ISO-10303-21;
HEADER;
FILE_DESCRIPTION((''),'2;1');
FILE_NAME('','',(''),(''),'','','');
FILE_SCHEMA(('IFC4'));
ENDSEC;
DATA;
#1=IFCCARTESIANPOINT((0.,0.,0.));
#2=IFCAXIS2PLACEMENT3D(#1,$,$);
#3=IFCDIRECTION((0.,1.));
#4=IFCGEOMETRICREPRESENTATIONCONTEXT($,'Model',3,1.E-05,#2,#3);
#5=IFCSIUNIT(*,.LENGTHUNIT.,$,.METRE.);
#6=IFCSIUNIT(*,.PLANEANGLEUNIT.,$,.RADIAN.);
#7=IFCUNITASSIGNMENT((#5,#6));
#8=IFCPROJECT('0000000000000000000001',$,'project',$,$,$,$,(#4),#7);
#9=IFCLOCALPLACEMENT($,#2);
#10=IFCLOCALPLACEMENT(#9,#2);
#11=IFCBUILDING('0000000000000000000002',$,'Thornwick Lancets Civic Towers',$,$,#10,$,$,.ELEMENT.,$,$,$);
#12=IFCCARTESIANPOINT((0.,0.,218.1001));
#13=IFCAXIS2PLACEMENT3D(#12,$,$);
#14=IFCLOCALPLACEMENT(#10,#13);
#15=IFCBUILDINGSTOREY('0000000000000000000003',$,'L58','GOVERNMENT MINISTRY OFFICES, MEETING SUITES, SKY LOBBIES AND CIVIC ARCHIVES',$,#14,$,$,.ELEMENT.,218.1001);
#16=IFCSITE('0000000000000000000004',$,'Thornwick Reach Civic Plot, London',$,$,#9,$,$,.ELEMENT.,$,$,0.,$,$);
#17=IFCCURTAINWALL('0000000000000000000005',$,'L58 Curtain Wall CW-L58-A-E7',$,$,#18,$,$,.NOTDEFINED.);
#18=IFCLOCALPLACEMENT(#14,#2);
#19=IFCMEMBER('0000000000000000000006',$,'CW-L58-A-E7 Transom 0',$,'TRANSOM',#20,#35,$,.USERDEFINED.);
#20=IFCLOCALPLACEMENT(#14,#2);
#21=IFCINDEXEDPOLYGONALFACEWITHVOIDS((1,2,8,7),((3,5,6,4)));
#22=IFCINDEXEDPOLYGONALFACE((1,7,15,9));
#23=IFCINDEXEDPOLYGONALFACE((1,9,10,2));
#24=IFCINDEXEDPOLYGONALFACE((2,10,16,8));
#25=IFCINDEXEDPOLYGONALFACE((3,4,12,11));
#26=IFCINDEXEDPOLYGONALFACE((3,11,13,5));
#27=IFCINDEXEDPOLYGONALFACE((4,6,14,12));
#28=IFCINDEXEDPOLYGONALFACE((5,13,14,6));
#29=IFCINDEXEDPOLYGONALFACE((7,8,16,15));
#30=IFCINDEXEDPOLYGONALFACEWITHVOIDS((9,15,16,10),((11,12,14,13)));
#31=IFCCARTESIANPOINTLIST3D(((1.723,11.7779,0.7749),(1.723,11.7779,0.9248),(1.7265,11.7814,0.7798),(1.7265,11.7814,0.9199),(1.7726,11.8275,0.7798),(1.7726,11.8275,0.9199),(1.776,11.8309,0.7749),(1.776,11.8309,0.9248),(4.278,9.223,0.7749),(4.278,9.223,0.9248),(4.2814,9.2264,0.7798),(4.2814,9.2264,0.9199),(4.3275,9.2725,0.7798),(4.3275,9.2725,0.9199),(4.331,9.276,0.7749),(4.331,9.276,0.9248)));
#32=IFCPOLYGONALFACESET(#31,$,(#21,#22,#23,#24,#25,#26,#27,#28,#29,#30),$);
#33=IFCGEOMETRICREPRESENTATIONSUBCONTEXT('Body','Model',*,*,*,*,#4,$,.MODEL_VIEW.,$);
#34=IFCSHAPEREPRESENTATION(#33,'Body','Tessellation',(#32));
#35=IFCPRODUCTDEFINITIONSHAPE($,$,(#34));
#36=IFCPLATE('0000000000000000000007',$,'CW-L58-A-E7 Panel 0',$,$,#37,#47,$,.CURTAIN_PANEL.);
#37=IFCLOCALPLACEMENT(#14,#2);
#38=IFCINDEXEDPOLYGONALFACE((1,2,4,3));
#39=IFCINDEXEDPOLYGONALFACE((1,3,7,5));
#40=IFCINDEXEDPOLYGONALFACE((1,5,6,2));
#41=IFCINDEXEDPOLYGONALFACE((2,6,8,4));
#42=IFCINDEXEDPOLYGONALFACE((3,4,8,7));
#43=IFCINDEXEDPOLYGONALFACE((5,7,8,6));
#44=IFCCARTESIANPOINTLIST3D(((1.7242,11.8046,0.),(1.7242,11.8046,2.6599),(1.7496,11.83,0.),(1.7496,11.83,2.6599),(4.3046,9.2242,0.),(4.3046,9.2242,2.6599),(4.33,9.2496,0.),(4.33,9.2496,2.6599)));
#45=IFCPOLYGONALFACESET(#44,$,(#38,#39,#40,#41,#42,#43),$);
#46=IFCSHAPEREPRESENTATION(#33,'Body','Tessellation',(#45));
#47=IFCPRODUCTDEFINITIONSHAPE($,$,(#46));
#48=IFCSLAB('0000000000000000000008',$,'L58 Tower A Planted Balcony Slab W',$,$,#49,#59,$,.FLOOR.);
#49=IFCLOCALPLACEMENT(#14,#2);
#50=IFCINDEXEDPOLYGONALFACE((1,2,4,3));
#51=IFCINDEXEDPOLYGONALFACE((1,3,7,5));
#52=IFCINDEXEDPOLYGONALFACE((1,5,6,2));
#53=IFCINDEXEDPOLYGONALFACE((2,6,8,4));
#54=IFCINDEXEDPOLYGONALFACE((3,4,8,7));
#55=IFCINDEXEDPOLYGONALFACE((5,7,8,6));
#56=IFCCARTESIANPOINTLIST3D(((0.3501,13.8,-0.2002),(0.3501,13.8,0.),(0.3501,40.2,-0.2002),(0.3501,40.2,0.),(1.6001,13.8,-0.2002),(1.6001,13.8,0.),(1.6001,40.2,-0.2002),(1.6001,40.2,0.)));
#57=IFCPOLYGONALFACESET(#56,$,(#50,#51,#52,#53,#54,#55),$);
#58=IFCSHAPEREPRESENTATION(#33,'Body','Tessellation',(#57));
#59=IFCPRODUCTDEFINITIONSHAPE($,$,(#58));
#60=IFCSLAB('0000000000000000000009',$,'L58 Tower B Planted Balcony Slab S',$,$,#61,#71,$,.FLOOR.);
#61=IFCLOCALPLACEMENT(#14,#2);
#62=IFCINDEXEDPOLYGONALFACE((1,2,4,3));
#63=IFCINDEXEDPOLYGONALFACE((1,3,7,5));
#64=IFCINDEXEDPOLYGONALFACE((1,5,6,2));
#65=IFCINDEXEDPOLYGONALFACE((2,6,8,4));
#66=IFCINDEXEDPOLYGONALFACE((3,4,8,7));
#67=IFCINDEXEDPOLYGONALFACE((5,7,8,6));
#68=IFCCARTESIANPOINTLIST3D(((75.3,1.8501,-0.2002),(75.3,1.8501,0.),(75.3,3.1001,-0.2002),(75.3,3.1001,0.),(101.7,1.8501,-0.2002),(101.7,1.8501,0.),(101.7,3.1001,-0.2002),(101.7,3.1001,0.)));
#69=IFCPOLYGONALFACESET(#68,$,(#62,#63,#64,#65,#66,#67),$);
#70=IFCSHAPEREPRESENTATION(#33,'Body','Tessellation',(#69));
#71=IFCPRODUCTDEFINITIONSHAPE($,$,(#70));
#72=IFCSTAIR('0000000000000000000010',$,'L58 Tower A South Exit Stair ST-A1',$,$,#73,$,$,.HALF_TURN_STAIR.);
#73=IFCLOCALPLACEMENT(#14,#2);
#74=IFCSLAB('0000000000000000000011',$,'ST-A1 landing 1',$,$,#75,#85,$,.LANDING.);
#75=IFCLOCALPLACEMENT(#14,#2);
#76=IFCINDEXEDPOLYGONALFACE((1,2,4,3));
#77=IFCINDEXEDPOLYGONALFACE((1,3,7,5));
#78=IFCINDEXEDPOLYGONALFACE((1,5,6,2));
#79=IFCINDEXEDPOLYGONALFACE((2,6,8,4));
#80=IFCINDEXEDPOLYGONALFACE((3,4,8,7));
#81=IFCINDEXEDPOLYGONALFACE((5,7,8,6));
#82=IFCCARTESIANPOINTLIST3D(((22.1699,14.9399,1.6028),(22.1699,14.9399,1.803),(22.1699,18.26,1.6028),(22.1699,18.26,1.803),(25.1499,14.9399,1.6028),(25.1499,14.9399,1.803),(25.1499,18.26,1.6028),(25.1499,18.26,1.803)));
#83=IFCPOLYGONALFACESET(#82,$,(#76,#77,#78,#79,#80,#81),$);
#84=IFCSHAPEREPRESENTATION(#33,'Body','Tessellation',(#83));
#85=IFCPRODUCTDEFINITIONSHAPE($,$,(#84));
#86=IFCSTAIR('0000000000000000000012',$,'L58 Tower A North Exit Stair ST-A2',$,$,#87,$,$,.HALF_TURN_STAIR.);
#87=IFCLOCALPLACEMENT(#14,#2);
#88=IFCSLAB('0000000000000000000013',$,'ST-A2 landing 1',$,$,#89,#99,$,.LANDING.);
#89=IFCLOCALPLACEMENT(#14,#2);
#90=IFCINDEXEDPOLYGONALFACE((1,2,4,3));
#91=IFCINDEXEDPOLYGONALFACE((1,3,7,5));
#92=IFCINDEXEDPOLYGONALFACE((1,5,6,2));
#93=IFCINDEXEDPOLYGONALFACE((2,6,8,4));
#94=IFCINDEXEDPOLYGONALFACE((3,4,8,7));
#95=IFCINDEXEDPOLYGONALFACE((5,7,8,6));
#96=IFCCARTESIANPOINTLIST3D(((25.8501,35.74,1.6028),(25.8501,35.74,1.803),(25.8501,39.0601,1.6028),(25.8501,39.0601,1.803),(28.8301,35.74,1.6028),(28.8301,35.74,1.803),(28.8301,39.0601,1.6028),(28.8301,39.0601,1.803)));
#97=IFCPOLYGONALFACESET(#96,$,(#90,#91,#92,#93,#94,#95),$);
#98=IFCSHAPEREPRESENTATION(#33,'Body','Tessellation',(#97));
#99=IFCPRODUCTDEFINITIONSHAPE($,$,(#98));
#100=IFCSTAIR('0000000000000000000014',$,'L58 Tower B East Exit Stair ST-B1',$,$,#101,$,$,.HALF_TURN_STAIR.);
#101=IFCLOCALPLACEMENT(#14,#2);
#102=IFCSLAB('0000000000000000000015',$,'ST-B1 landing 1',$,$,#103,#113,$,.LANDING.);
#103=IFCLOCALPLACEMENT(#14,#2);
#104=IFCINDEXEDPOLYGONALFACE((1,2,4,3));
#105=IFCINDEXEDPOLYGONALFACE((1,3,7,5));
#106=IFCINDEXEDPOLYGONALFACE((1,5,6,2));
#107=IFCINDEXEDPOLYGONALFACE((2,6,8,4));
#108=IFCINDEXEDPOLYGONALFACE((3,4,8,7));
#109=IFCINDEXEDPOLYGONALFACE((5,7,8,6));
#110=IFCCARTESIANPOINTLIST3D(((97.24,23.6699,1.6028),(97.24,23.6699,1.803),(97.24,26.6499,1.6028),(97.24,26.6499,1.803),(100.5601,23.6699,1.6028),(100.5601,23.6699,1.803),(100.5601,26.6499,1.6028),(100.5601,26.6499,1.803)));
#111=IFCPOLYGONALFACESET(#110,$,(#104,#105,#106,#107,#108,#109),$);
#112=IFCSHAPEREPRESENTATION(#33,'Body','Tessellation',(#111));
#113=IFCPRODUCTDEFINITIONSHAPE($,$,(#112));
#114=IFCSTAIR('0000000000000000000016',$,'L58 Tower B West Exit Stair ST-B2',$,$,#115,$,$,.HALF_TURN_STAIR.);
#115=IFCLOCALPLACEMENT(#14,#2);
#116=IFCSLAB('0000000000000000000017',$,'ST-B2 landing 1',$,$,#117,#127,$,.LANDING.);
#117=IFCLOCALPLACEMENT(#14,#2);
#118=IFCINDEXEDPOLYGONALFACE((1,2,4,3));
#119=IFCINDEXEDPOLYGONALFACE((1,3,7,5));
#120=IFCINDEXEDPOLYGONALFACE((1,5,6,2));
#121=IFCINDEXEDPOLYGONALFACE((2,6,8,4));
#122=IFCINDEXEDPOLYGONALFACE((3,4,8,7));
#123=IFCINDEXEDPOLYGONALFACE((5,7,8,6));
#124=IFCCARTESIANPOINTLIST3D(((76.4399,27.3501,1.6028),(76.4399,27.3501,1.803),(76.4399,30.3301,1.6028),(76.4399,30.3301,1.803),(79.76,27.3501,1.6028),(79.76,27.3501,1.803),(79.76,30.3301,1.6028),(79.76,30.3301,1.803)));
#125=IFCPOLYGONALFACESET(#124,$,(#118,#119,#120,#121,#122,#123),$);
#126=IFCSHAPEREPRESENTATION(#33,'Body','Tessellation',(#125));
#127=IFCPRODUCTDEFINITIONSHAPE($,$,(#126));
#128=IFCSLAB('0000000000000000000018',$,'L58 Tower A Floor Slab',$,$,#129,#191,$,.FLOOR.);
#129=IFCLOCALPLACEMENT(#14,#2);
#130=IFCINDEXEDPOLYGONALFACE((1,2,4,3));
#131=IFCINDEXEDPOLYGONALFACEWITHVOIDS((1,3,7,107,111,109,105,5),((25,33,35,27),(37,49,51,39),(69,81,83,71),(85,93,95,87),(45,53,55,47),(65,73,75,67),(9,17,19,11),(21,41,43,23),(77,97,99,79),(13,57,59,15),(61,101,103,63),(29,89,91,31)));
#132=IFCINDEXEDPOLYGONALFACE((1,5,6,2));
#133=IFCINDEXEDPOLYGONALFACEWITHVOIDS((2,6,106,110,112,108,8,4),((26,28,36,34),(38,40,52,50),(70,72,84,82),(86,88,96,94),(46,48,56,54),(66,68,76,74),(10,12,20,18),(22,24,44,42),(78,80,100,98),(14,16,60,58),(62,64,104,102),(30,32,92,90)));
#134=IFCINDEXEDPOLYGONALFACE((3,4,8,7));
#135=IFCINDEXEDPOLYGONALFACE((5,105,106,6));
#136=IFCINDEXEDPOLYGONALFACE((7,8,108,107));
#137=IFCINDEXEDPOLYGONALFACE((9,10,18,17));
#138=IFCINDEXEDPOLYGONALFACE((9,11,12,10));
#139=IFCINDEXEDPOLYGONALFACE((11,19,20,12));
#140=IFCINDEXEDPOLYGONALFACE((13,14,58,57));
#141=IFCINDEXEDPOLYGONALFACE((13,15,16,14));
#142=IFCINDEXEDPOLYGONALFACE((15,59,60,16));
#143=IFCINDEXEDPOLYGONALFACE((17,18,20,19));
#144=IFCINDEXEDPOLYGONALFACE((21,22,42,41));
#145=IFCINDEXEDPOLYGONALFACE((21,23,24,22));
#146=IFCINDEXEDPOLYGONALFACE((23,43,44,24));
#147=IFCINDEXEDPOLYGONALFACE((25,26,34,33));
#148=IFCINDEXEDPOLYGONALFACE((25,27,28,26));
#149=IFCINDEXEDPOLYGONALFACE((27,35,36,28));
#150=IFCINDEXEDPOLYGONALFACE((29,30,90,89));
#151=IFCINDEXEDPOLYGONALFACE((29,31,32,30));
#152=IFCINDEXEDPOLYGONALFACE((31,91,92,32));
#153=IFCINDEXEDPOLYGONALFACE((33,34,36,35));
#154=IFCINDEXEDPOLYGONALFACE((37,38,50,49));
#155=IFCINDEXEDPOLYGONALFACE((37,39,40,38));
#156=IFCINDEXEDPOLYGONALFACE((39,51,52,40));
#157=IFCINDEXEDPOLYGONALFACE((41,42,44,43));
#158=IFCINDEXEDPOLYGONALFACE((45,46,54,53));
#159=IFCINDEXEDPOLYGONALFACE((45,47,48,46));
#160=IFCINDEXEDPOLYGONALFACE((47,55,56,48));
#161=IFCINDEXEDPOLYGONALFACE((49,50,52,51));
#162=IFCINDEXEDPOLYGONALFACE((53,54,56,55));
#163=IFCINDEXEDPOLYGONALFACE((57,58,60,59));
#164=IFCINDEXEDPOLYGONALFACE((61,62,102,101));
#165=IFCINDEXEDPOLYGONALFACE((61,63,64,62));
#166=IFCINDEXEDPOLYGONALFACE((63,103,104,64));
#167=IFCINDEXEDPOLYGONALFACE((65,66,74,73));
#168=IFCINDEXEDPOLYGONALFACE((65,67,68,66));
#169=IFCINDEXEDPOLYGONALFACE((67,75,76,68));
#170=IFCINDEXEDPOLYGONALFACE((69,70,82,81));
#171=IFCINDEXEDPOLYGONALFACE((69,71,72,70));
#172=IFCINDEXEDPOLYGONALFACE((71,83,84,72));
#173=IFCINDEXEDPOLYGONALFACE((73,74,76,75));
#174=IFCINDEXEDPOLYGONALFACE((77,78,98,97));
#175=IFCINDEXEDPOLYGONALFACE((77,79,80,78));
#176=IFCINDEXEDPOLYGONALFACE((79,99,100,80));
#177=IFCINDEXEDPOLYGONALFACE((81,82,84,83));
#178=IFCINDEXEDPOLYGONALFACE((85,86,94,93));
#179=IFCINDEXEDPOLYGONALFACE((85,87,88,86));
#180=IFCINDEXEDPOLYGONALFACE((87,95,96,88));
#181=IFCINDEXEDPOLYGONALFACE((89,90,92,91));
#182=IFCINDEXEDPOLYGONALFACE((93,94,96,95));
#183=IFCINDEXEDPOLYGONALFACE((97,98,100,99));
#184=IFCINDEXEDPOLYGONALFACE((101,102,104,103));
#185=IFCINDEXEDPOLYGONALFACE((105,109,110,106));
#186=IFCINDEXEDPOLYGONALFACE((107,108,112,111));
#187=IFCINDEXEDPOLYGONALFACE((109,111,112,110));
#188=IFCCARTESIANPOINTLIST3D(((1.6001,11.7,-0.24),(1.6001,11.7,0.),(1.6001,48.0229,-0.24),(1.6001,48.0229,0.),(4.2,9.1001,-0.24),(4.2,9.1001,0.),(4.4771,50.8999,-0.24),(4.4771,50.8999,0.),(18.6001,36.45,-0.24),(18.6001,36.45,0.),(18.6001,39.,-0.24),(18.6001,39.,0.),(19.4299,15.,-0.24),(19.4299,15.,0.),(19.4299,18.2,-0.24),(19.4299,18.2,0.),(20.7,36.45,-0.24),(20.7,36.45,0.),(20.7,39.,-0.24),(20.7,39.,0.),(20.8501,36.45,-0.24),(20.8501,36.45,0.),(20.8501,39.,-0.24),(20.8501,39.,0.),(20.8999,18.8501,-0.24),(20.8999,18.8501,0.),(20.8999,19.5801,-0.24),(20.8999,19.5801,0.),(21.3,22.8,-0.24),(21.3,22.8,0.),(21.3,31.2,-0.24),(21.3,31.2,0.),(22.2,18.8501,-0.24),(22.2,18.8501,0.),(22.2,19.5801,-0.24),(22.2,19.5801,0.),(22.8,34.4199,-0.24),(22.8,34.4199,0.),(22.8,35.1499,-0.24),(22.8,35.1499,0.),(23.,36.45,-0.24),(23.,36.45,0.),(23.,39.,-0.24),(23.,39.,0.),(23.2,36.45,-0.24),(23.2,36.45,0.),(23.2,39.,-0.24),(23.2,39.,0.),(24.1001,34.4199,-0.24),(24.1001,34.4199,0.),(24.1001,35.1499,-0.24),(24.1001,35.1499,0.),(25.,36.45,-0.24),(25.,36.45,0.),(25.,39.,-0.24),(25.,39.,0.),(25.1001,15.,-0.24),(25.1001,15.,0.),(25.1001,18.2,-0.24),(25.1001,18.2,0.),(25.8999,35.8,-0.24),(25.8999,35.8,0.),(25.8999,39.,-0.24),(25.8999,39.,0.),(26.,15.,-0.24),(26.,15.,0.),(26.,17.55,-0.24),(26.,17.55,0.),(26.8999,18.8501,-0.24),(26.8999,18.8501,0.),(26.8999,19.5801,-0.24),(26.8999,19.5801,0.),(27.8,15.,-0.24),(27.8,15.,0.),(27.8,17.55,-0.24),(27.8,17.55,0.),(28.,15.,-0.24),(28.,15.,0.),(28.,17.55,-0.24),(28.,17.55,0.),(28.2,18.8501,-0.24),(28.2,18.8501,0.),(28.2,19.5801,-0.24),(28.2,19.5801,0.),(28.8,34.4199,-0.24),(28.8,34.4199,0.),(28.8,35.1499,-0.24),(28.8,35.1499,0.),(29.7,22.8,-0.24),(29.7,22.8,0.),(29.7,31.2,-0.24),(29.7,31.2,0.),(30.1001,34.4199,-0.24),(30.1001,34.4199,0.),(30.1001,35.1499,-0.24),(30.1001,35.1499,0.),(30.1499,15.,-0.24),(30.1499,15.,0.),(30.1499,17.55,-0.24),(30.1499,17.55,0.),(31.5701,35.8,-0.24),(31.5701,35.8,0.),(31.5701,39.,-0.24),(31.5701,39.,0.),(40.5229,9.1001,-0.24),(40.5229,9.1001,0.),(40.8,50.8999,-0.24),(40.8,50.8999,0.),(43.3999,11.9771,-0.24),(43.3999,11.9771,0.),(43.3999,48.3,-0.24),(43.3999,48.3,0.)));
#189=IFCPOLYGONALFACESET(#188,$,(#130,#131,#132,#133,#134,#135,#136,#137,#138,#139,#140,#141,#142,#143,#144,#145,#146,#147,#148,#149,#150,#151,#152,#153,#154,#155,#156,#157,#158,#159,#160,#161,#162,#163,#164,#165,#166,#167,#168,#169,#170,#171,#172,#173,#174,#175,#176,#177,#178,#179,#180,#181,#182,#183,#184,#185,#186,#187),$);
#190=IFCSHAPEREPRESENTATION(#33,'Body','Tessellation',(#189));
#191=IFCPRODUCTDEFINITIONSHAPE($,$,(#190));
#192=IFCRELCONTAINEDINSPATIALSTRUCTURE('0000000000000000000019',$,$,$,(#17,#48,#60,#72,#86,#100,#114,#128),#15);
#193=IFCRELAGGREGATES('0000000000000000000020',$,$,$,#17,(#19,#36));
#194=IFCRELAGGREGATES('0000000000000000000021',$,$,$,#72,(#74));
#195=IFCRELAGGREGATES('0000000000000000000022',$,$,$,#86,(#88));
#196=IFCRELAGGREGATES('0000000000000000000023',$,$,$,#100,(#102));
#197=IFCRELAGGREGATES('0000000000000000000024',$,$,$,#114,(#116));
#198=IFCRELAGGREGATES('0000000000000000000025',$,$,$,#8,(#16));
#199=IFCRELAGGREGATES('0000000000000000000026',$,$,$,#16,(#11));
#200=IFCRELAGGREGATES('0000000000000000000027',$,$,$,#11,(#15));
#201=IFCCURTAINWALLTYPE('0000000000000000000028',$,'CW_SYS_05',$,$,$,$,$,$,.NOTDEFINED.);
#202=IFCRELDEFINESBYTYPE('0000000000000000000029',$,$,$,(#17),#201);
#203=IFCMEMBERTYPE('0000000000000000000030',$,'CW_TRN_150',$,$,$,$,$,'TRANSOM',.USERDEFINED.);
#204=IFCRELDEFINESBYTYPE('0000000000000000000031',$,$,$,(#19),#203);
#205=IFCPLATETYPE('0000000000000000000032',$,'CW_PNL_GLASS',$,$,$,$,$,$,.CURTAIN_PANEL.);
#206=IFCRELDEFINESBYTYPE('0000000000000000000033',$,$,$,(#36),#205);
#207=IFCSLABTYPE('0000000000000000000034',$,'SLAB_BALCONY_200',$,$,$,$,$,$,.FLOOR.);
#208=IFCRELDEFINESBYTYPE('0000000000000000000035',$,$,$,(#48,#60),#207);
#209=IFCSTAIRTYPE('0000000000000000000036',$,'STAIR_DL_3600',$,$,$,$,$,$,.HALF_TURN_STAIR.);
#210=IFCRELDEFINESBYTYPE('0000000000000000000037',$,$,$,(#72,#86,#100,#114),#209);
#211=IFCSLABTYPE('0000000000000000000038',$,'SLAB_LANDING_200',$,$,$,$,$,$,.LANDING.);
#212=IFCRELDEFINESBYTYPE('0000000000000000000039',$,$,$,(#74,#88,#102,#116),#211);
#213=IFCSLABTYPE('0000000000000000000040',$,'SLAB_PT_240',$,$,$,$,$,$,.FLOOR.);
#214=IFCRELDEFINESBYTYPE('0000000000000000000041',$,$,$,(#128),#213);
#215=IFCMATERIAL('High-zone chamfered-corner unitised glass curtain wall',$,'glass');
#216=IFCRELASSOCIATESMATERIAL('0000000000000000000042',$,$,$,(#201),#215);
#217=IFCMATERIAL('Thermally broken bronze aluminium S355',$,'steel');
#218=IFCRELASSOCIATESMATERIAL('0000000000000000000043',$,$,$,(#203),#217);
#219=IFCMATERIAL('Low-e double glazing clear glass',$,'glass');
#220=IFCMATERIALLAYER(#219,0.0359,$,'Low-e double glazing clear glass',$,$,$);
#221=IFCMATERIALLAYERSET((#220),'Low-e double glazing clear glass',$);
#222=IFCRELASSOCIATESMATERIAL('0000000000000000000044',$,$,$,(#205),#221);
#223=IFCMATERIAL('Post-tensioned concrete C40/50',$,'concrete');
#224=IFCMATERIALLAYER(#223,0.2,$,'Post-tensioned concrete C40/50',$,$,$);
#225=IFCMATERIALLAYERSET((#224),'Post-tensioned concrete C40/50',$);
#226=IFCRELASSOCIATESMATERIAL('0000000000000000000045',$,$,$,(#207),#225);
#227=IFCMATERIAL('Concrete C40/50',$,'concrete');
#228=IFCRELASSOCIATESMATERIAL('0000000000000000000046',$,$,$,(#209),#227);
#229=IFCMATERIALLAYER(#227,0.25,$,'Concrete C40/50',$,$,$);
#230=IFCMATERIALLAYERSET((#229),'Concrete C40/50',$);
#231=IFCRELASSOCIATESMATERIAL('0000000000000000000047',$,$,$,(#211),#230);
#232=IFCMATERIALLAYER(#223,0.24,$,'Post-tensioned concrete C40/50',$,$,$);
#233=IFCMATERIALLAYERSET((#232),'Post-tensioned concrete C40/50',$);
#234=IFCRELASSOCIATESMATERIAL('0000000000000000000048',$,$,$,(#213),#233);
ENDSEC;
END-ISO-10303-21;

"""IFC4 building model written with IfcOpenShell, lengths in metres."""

from ifc_helpers import new_model, si_unit, direction, frame, origin, origin_2d, place, context, subcontext, project, spatial, polyline, rectangle, hollow_rectangle, outline, extrude, material, layer, layer_set, material_profile, profile_set, type_object, element, aggregate, save


model = new_model("IFC4")

# Units and contexts
model_context = context("Model", 3, precision=1e-05, world=origin(), true_north=direction((0.0, 1.0)))
body_context = subcontext(model_context, "Body", "Model", "MODEL_VIEW")
ifc_project = project(units=[si_unit("LENGTHUNIT", "METRE"), si_unit("PLANEANGLEUNIT", "RADIAN")], contexts=[model_context])

# Site, building, storey
site_placement = place(None, origin())
site = spatial("IfcSite", under=ifc_project, at=site_placement, Name="Thornwick Reach Civic Plot, London", CompositionType="ELEMENT", RefElevation=0.0)
building_placement = place(site_placement, origin())
building = spatial("IfcBuilding", under=site, at=building_placement, Name="Thornwick Lancets Civic Towers", CompositionType="ELEMENT")
storey_placement = place(building_placement, frame((0.0, 0.0, 218.1001)))
storey = spatial("IfcBuildingStorey", under=building, at=storey_placement, Name="L58", Description="GOVERNMENT MINISTRY OFFICES, MEETING SUITES, SKY LOBBIES AND CIVIC ARCHIVES", CompositionType="ELEMENT", Elevation=218.1001)

# Curtain wall, member, plate
ifc_material_1 = material(Name="High-zone chamfered-corner unitised glass curtain wall", Category="glass")
curtain_wall_type = type_object("IfcCurtainWallType", Name="CW_SYS_05", PredefinedType="NOTDEFINED", material=ifc_material_1)
curtain_wall_placement = place(storey_placement, origin())
curtain_wall = element("IfcCurtainWall", 1, at=curtain_wall_placement, inside=storey, type_object=curtain_wall_type, Name="L58 Curtain Wall CW-L58-A-E7", PredefinedType="NOTDEFINED")
ifc_material_2 = material(Name="Thermally broken bronze aluminium S355", Category="steel")
ifc_material_profile_1 = material_profile(ifc_material_2, hollow_rectangle(XDim=0.075, YDim=0.1499, WallThickness=0.0049, at=origin_2d()), Name="RHS 150x75x5")
ifc_profile_set_1 = profile_set([ifc_material_profile_1], Name="Thermally broken bronze aluminium S355")
member_type_1 = type_object("IfcMemberType", Name="CW_TRN_150", ElementType="TRANSOM", PredefinedType="USERDEFINED", material=ifc_profile_set_1)
member_1_placement = place(storey_placement, frame((1.7495, 11.8044, 0.8499), z_axis=(0.707107, -0.707107, 0.0), x_axis=(0.707107, 0.707107, 0.0)))
member_1 = element("IfcMember", 2, at=member_1_placement, type_object=member_type_1, Name="CW-L58-A-E7 Transom 0", ObjectType="TRANSOM", PredefinedType="USERDEFINED", context=body_context, shape_type="SweptSolid", body=[
    extrude(hollow_rectangle(XDim=0.075, YDim=0.1499, WallThickness=0.0049, at=origin_2d()), origin(), (0.0, 0.0, 1.0), 3.6133),
])
ifc_material_3 = material(Name="Low-e double glazing clear glass", Category="glass")
ifc_layer_1 = layer(ifc_material_3, 0.0359, Name="Low-e double glazing clear glass")
ifc_layer_set_1 = layer_set([ifc_layer_1], Name="Low-e double glazing clear glass")
plate_type = type_object("IfcPlateType", Name="CW_PNL_GLASS", PredefinedType="CURTAIN_PANEL", material=ifc_layer_set_1)
plate_placement = place(storey_placement, frame((3.0271, 10.5271, 0.0), z_axis=(0.0, 0.0, 1.0), x_axis=(0.707107, -0.707107, 0.0)))
plate = element("IfcPlate", 3, at=plate_placement, type_object=plate_type, Name="CW-L58-A-E7 Panel 0", PredefinedType="CURTAIN_PANEL", context=body_context, shape_type="SweptSolid", body=[
    extrude(rectangle(XDim=3.6492, YDim=0.0359, at=origin_2d()), origin(), (0.0, 0.0, 1.0), 2.6599),
])
aggregate(curtain_wall, [member_1, plate])

# Slabs
ifc_material_4 = material(Name="Post-tensioned concrete C40/50", Category="concrete")
ifc_layer_2 = layer(ifc_material_4, 0.2, Name="Post-tensioned concrete C40/50")
ifc_layer_set_2 = layer_set([ifc_layer_2], Name="Post-tensioned concrete C40/50")
slab_type_1 = type_object("IfcSlabType", Name="SLAB_BALCONY_200", PredefinedType="FLOOR", material=ifc_layer_set_2)
slab_1_placement = place(storey_placement, frame((0.0, 0.0, -0.2002)))
element("IfcSlab", 4, at=slab_1_placement, inside=storey, type_object=slab_type_1, Name="L58 Tower A Planted Balcony Slab W", PredefinedType="FLOOR", context=body_context, shape_type="SweptSolid", body=[
    extrude(outline(polyline([(0.3501, 13.8), (1.6001, 13.8), (1.6001, 40.2), (0.3501, 40.2), (0.3501, 13.8)])), origin(), (0.0, 0.0, 1.0), 0.2002),
])
slab_2_placement = place(storey_placement, frame((0.0, 0.0, -0.2002)))
element("IfcSlab", 5, at=slab_2_placement, inside=storey, type_object=slab_type_1, Name="L58 Tower B Planted Balcony Slab S", PredefinedType="FLOOR", context=body_context, shape_type="SweptSolid", body=[
    extrude(outline(polyline([(75.3, 1.8501), (101.7, 1.8501), (101.7, 3.1001), (75.3, 3.1001), (75.3, 1.8501)])), origin(), (0.0, 0.0, 1.0), 0.2002),
])

# Stairs, slabs
ifc_material_5 = material(Name="Concrete C40/50", Category="concrete")
stair_type = type_object("IfcStairType", Name="STAIR_DL_3600", PredefinedType="HALF_TURN_STAIR", material=ifc_material_5)
stair_1_placement = place(storey_placement, origin())
stair_1 = element("IfcStair", 6, at=stair_1_placement, inside=storey, type_object=stair_type, Name="L58 Tower A South Exit Stair ST-A1", PredefinedType="HALF_TURN_STAIR")
ifc_layer_3 = layer(ifc_material_5, 0.25, Name="Concrete C40/50")
ifc_layer_set_3 = layer_set([ifc_layer_3], Name="Concrete C40/50")
slab_type_2 = type_object("IfcSlabType", Name="SLAB_LANDING_200", PredefinedType="LANDING", material=ifc_layer_set_3)
slab_3_placement = place(storey_placement, frame((0.0, 0.0, 1.6028)))
slab_3 = element("IfcSlab", 7, at=slab_3_placement, type_object=slab_type_2, Name="ST-A1 landing 1", PredefinedType="LANDING", context=body_context, shape_type="SweptSolid", body=[
    extrude(outline(polyline([(22.1699, 14.9399), (25.1499, 14.9399), (25.1499, 18.26), (22.1699, 18.26), (22.1699, 14.9399)])), origin(), (0.0, 0.0, 1.0), 0.2002),
])
aggregate(stair_1, [slab_3])
stair_2_placement = place(storey_placement, origin())
stair_2 = element("IfcStair", 8, at=stair_2_placement, inside=storey, type_object=stair_type, Name="L58 Tower A North Exit Stair ST-A2", PredefinedType="HALF_TURN_STAIR")
slab_4_placement = place(storey_placement, frame((0.0, 0.0, 1.6028)))
slab_4 = element("IfcSlab", 9, at=slab_4_placement, type_object=slab_type_2, Name="ST-A2 landing 1", PredefinedType="LANDING", context=body_context, shape_type="SweptSolid", body=[
    extrude(outline(polyline([(28.8301, 39.0601), (25.8501, 39.0601), (25.8501, 35.74), (28.8301, 35.74), (28.8301, 39.0601)])), origin(), (0.0, 0.0, 1.0), 0.2002),
])
aggregate(stair_2, [slab_4])
stair_3_placement = place(storey_placement, origin())
stair_3 = element("IfcStair", 10, at=stair_3_placement, inside=storey, type_object=stair_type, Name="L58 Tower B East Exit Stair ST-B1", PredefinedType="HALF_TURN_STAIR")
slab_5_placement = place(storey_placement, frame((0.0, 0.0, 1.6028)))
slab_5 = element("IfcSlab", 11, at=slab_5_placement, type_object=slab_type_2, Name="ST-B1 landing 1", PredefinedType="LANDING", context=body_context, shape_type="SweptSolid", body=[
    extrude(outline(polyline([(100.5601, 23.6699), (100.5601, 26.6499), (97.24, 26.6499), (97.24, 23.6699), (100.5601, 23.6699)])), origin(), (0.0, 0.0, 1.0), 0.2002),
])
aggregate(stair_3, [slab_5])
stair_4_placement = place(storey_placement, origin())
stair_4 = element("IfcStair", 12, at=stair_4_placement, inside=storey, type_object=stair_type, Name="L58 Tower B West Exit Stair ST-B2", PredefinedType="HALF_TURN_STAIR")
slab_6_placement = place(storey_placement, frame((0.0, 0.0, 1.6028)))
slab_6 = element("IfcSlab", 13, at=slab_6_placement, type_object=slab_type_2, Name="ST-B2 landing 1", PredefinedType="LANDING", context=body_context, shape_type="SweptSolid", body=[
    extrude(outline(polyline([(76.4399, 30.3301), (76.4399, 27.3501), (79.76, 27.3501), (79.76, 30.3301), (76.4399, 30.3301)])), origin(), (0.0, 0.0, 1.0), 0.2002),
])
aggregate(stair_4, [slab_6])

# Slab
ifc_layer_4 = layer(ifc_material_4, 0.24, Name="Post-tensioned concrete C40/50")
ifc_layer_set_4 = layer_set([ifc_layer_4], Name="Post-tensioned concrete C40/50")
slab_type_3 = type_object("IfcSlabType", Name="SLAB_PT_240", PredefinedType="FLOOR", material=ifc_layer_set_4)
slab_7_placement = place(storey_placement, frame((0.0, 0.0, -0.24)))
element("IfcSlab", 14, at=slab_7_placement, inside=storey, type_object=slab_type_3, Name="L58 Tower A Floor Slab", PredefinedType="FLOOR", context=body_context, shape_type="SweptSolid", body=[
    extrude(outline(polyline([(4.2, 9.1001), (40.5229, 9.1001), (43.3999, 11.9771), (43.3999, 48.3), (40.8, 50.8999), (4.4771, 50.8999), (1.6001, 48.0229), (1.6001, 11.7), (4.2, 9.1001)]), holes=[polyline([(21.3, 22.8), (29.7, 22.8), (29.7, 31.2), (21.3, 31.2), (21.3, 22.8)]), polyline([(19.4299, 15.0), (25.1001, 15.0), (25.1001, 18.2), (19.4299, 18.2), (19.4299, 15.0)]), polyline([(31.5701, 39.0), (25.8999, 39.0), (25.8999, 35.8), (31.5701, 35.8), (31.5701, 39.0)]), polyline([(26.0, 15.0), (27.8, 15.0), (27.8, 17.55), (26.0, 17.55), (26.0, 15.0)]), polyline([(28.0, 15.0), (30.1499, 15.0), (30.1499, 17.55), (28.0, 17.55), (28.0, 15.0)]), polyline([(23.2, 36.45), (25.0, 36.45), (25.0, 39.0), (23.2, 39.0), (23.2, 36.45)]), polyline([(20.8501, 36.45), (23.0, 36.45), (23.0, 39.0), (20.8501, 39.0), (20.8501, 36.45)]), polyline([(18.6001, 36.45), (20.7, 36.45), (20.7, 39.0), (18.6001, 39.0), (18.6001, 36.45)]), polyline([(26.8999, 18.8501), (28.2, 18.8501), (28.2, 19.5801), (26.8999, 19.5801), (26.8999, 18.8501)]), polyline([(20.8999, 18.8501), (22.2, 18.8501), (22.2, 19.5801), (20.8999, 19.5801), (20.8999, 18.8501)]), polyline([(22.8, 34.4199), (24.1001, 34.4199), (24.1001, 35.1499), (22.8, 35.1499), (22.8, 34.4199)]), polyline([(28.8, 34.4199), (30.1001, 34.4199), (30.1001, 35.1499), (28.8, 35.1499), (28.8, 34.4199)])]), origin(), (0.0, 0.0, 1.0), 0.24),
])

save(model, "model.ifc")
